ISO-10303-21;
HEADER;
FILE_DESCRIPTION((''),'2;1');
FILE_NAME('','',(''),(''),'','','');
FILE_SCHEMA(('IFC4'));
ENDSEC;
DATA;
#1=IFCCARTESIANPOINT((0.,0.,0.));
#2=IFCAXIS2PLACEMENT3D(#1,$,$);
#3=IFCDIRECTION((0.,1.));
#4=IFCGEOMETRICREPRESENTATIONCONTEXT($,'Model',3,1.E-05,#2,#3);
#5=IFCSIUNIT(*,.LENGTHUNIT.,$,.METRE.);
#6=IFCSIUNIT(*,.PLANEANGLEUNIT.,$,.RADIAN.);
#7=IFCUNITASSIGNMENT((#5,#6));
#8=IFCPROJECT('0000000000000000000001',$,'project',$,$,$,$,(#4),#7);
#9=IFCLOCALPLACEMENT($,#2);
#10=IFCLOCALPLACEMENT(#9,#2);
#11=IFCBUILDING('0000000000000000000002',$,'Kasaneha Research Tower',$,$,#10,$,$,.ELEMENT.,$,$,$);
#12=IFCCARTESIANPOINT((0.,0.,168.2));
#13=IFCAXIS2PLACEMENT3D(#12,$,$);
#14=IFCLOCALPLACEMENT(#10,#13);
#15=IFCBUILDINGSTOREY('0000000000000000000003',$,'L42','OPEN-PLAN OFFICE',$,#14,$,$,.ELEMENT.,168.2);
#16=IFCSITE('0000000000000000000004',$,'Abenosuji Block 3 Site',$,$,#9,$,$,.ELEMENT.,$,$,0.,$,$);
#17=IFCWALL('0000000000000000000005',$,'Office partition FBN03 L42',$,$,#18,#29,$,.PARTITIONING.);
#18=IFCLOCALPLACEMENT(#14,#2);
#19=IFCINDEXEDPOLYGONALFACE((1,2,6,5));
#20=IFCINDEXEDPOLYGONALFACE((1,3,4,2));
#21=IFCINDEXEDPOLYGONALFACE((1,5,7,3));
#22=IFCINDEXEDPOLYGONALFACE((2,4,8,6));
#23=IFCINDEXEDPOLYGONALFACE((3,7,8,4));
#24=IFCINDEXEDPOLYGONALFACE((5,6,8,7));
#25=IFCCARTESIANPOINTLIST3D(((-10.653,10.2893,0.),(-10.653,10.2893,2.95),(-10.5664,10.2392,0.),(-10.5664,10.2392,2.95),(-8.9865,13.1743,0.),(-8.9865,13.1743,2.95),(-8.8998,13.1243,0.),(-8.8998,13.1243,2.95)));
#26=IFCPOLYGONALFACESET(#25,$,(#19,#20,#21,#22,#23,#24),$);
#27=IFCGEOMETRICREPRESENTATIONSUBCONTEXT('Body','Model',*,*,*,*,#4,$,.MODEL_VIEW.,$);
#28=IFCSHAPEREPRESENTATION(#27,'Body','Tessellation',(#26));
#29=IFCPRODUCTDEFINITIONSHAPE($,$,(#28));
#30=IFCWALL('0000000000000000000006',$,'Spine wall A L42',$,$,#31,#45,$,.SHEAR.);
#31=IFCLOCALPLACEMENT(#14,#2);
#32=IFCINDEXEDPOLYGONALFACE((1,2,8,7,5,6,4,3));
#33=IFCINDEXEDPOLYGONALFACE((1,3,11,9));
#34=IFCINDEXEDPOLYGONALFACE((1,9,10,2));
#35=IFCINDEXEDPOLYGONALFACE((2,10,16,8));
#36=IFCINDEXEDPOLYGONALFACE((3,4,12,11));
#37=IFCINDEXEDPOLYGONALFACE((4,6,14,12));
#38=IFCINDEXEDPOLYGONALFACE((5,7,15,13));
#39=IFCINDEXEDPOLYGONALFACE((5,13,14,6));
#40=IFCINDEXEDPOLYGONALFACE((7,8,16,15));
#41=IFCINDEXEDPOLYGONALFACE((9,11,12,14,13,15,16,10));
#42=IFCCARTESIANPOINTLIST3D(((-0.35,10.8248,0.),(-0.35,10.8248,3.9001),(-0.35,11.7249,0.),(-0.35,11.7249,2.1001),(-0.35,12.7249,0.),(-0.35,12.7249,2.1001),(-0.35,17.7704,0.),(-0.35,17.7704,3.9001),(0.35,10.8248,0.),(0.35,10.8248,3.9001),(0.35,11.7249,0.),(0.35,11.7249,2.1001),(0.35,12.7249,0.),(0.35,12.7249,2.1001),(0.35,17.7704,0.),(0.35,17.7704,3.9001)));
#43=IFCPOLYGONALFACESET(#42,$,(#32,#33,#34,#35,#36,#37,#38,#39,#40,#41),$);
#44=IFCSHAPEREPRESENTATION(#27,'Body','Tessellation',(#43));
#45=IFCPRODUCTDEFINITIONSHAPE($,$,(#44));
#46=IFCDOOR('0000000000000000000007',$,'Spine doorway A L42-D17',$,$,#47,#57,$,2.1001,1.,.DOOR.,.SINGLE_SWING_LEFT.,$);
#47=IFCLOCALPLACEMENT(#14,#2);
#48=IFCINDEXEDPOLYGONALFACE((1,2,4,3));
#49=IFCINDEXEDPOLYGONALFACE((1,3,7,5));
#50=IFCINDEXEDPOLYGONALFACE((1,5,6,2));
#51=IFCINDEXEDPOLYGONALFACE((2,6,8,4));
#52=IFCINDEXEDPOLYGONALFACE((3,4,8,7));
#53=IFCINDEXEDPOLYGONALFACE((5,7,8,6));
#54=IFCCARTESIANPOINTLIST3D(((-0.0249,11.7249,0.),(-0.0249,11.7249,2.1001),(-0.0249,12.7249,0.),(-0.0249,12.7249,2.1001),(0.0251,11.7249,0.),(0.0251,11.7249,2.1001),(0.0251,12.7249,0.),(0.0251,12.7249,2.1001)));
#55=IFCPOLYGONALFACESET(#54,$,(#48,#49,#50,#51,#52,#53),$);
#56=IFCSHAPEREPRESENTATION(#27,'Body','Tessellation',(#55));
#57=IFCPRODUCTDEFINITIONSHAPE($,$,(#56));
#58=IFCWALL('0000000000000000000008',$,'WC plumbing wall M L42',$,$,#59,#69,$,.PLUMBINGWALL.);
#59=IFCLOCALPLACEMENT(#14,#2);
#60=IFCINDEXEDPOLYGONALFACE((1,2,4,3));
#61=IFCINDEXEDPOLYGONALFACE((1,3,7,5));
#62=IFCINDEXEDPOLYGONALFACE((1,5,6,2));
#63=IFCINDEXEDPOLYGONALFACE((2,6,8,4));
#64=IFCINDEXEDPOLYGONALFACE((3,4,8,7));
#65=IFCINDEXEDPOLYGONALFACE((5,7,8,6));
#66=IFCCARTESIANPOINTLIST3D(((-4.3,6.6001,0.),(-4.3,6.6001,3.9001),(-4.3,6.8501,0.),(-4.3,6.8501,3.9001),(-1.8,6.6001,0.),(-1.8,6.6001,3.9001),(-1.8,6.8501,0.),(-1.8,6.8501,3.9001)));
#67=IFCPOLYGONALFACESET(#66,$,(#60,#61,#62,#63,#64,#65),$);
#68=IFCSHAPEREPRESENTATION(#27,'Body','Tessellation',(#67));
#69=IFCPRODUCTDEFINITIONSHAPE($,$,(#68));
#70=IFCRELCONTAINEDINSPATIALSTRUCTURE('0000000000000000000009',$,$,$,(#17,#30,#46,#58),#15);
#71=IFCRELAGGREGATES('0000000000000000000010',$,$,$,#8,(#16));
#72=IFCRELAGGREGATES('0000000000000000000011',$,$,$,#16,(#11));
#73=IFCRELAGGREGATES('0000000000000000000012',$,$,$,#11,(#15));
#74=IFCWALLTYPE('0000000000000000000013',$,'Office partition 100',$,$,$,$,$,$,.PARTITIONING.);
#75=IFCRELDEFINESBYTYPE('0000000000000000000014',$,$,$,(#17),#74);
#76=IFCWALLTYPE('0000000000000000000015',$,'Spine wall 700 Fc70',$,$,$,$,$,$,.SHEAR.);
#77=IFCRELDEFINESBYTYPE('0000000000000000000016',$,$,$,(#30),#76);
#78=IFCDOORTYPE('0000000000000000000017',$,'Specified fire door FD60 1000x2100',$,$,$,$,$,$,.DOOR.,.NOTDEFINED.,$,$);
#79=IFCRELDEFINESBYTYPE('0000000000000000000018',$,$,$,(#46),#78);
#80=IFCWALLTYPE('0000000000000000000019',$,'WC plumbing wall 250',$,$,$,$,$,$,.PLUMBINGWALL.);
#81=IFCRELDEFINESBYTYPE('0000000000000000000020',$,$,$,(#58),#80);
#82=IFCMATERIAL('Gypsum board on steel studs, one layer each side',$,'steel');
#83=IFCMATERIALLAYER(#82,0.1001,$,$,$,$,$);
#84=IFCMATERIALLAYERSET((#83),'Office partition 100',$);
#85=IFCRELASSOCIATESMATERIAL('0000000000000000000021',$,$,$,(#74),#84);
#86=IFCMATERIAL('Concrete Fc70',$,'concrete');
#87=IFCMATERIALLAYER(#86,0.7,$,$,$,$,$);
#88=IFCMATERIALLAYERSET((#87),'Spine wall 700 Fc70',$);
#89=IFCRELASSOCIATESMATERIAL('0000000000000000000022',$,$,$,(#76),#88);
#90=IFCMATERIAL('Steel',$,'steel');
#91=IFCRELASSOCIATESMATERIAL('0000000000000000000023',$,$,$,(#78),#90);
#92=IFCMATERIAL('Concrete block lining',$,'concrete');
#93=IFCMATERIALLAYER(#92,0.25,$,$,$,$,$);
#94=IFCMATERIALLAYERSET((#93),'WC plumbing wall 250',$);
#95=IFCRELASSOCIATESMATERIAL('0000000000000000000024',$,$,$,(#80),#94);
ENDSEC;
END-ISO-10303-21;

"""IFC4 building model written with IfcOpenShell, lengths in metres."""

from ifc_helpers import new_model, si_unit, direction, frame, frame_2d, origin, place, context, subcontext, project, spatial, rectangle, extrude, material, layer, layer_set, type_object, element, fill, save


model = new_model("IFC4")

# Units and contexts
model_context = context("Model", 3, precision=1e-05, world=origin(), true_north=direction((0.0, 1.0)))
body_context = subcontext(model_context, "Body", "Model", "MODEL_VIEW")
ifc_project = project(units=[si_unit("LENGTHUNIT", "METRE"), si_unit("PLANEANGLEUNIT", "RADIAN")], contexts=[model_context])

# Site, building, storey
site_placement = place(None, origin())
site = spatial("IfcSite", under=ifc_project, at=site_placement, Name="Abenosuji Block 3 Site", CompositionType="ELEMENT", RefElevation=0.0)
building_placement = place(site_placement, origin())
building = spatial("IfcBuilding", under=site, at=building_placement, Name="Kasaneha Research Tower", CompositionType="ELEMENT")
storey_placement = place(building_placement, frame((0.0, 0.0, 168.2)))
storey = spatial("IfcBuildingStorey", under=building, at=storey_placement, Name="L42", Description="OPEN-PLAN OFFICE", CompositionType="ELEMENT", Elevation=168.2)

# Shared definitions
ifc_material_1 = material(Name="Gypsum board on steel studs, one layer each side", Category="steel")
ifc_layer_1 = layer(ifc_material_1, 0.1001)
ifc_layer_set_1 = layer_set([ifc_layer_1], Name="Office partition 100")
wall_type_1 = type_object("IfcWallType", Name="Office partition 100", PredefinedType="PARTITIONING", material=ifc_layer_set_1)

# Wall
wall_1_placement = place(storey_placement, frame((-8.9431, 13.1494, 0.0), z_axis=(0.0, 0.0, 1.0), x_axis=(-0.50019, -0.865916, 0.0)))
element("IfcWall", 1, at=wall_1_placement, inside=storey, type_object=wall_type_1, Name="Office partition FBN03 L42", PredefinedType="PARTITIONING", context=body_context, shape_type="SweptSolid", body=[
    extrude(rectangle(XDim=3.3318, YDim=0.1001, at=frame_2d((1.666, 0.0))), origin(), (0.0, 0.0, 1.0), 2.95),
])

# Wall, opening, door
ifc_material_2 = material(Name="Concrete Fc70", Category="concrete")
ifc_layer_2 = layer(ifc_material_2, 0.7)
ifc_layer_set_2 = layer_set([ifc_layer_2], Name="Spine wall 700 Fc70")
wall_type_2 = type_object("IfcWallType", Name="Spine wall 700 Fc70", PredefinedType="SHEAR", material=ifc_layer_set_2)
wall_2_placement = place(storey_placement, frame((0.0, 10.825, 0.0), z_axis=(0.0, 0.0, 1.0), x_axis=(0.0, 1.0, 0.0)))
wall_2 = element("IfcWall", 2, at=wall_2_placement, inside=storey, type_object=wall_type_2, Name="Spine wall A L42", PredefinedType="SHEAR", context=body_context, shape_type="SweptSolid", body=[
    extrude(rectangle(XDim=6.9456, YDim=0.7, at=frame_2d((3.4727, 0.0))), origin(), (0.0, 0.0, 1.0), 3.9001),
])
opening_1_placement = place(wall_2_placement, frame((0.8999, 0.0, 0.0)))
opening_1 = element("IfcOpeningElement", 3, at=opening_1_placement, cuts=wall_2, PredefinedType="OPENING", context=body_context, shape_type="SweptSolid", body=[
    extrude(rectangle(XDim=1.0, YDim=2.1001, at=frame_2d((0.5, 1.05))), frame((0.0, 0.3599, 0.0), z_axis=(0.0, -1.0, 0.0), x_axis=(1.0, 0.0, 0.0)), (0.0, 0.0, 1.0), 0.72),
])
ifc_material_3 = material(Name="Steel", Category="steel")
door_type_1 = type_object("IfcDoorType", Name="Specified fire door FD60 1000x2100", OperationType="NOTDEFINED", PredefinedType="DOOR", material=ifc_material_3)
door_1_placement = place(opening_1_placement, origin())
door_1 = element("IfcDoor", 4, at=door_1_placement, inside=storey, type_object=door_type_1, Name="Spine doorway A L42-D17", OperationType="SINGLE_SWING_LEFT", OverallHeight=2.1001, OverallWidth=1.0, PredefinedType="DOOR", context=body_context, shape_type="SweptSolid", body=[
    extrude(rectangle(XDim=1.0, YDim=2.1001, at=frame_2d((0.5, 1.05))), frame((0.0, 0.0249, 0.0), z_axis=(0.0, -1.0, 0.0), x_axis=(1.0, 0.0, 0.0)), (0.0, 0.0, 1.0), 0.05),
])
fill(opening_1, door_1)

# Wall
ifc_material_4 = material(Name="Concrete block lining", Category="concrete")
ifc_layer_3 = layer(ifc_material_4, 0.25)
ifc_layer_set_3 = layer_set([ifc_layer_3], Name="WC plumbing wall 250")
wall_type_3 = type_object("IfcWallType", Name="WC plumbing wall 250", PredefinedType="PLUMBINGWALL", material=ifc_layer_set_3)
wall_3_placement = place(storey_placement, frame((-4.3, 6.7251, 0.0), z_axis=(0.0, 0.0, 1.0), x_axis=(1.0, 0.0, 0.0)))
element("IfcWall", 5, at=wall_3_placement, inside=storey, type_object=wall_type_3, Name="WC plumbing wall M L42", PredefinedType="PLUMBINGWALL", context=body_context, shape_type="SweptSolid", body=[
    extrude(rectangle(XDim=2.5, YDim=0.25, at=frame_2d((1.25, 0.0))), origin(), (0.0, 0.0, 1.0), 3.9001),
])

save(model, "model.ifc")
